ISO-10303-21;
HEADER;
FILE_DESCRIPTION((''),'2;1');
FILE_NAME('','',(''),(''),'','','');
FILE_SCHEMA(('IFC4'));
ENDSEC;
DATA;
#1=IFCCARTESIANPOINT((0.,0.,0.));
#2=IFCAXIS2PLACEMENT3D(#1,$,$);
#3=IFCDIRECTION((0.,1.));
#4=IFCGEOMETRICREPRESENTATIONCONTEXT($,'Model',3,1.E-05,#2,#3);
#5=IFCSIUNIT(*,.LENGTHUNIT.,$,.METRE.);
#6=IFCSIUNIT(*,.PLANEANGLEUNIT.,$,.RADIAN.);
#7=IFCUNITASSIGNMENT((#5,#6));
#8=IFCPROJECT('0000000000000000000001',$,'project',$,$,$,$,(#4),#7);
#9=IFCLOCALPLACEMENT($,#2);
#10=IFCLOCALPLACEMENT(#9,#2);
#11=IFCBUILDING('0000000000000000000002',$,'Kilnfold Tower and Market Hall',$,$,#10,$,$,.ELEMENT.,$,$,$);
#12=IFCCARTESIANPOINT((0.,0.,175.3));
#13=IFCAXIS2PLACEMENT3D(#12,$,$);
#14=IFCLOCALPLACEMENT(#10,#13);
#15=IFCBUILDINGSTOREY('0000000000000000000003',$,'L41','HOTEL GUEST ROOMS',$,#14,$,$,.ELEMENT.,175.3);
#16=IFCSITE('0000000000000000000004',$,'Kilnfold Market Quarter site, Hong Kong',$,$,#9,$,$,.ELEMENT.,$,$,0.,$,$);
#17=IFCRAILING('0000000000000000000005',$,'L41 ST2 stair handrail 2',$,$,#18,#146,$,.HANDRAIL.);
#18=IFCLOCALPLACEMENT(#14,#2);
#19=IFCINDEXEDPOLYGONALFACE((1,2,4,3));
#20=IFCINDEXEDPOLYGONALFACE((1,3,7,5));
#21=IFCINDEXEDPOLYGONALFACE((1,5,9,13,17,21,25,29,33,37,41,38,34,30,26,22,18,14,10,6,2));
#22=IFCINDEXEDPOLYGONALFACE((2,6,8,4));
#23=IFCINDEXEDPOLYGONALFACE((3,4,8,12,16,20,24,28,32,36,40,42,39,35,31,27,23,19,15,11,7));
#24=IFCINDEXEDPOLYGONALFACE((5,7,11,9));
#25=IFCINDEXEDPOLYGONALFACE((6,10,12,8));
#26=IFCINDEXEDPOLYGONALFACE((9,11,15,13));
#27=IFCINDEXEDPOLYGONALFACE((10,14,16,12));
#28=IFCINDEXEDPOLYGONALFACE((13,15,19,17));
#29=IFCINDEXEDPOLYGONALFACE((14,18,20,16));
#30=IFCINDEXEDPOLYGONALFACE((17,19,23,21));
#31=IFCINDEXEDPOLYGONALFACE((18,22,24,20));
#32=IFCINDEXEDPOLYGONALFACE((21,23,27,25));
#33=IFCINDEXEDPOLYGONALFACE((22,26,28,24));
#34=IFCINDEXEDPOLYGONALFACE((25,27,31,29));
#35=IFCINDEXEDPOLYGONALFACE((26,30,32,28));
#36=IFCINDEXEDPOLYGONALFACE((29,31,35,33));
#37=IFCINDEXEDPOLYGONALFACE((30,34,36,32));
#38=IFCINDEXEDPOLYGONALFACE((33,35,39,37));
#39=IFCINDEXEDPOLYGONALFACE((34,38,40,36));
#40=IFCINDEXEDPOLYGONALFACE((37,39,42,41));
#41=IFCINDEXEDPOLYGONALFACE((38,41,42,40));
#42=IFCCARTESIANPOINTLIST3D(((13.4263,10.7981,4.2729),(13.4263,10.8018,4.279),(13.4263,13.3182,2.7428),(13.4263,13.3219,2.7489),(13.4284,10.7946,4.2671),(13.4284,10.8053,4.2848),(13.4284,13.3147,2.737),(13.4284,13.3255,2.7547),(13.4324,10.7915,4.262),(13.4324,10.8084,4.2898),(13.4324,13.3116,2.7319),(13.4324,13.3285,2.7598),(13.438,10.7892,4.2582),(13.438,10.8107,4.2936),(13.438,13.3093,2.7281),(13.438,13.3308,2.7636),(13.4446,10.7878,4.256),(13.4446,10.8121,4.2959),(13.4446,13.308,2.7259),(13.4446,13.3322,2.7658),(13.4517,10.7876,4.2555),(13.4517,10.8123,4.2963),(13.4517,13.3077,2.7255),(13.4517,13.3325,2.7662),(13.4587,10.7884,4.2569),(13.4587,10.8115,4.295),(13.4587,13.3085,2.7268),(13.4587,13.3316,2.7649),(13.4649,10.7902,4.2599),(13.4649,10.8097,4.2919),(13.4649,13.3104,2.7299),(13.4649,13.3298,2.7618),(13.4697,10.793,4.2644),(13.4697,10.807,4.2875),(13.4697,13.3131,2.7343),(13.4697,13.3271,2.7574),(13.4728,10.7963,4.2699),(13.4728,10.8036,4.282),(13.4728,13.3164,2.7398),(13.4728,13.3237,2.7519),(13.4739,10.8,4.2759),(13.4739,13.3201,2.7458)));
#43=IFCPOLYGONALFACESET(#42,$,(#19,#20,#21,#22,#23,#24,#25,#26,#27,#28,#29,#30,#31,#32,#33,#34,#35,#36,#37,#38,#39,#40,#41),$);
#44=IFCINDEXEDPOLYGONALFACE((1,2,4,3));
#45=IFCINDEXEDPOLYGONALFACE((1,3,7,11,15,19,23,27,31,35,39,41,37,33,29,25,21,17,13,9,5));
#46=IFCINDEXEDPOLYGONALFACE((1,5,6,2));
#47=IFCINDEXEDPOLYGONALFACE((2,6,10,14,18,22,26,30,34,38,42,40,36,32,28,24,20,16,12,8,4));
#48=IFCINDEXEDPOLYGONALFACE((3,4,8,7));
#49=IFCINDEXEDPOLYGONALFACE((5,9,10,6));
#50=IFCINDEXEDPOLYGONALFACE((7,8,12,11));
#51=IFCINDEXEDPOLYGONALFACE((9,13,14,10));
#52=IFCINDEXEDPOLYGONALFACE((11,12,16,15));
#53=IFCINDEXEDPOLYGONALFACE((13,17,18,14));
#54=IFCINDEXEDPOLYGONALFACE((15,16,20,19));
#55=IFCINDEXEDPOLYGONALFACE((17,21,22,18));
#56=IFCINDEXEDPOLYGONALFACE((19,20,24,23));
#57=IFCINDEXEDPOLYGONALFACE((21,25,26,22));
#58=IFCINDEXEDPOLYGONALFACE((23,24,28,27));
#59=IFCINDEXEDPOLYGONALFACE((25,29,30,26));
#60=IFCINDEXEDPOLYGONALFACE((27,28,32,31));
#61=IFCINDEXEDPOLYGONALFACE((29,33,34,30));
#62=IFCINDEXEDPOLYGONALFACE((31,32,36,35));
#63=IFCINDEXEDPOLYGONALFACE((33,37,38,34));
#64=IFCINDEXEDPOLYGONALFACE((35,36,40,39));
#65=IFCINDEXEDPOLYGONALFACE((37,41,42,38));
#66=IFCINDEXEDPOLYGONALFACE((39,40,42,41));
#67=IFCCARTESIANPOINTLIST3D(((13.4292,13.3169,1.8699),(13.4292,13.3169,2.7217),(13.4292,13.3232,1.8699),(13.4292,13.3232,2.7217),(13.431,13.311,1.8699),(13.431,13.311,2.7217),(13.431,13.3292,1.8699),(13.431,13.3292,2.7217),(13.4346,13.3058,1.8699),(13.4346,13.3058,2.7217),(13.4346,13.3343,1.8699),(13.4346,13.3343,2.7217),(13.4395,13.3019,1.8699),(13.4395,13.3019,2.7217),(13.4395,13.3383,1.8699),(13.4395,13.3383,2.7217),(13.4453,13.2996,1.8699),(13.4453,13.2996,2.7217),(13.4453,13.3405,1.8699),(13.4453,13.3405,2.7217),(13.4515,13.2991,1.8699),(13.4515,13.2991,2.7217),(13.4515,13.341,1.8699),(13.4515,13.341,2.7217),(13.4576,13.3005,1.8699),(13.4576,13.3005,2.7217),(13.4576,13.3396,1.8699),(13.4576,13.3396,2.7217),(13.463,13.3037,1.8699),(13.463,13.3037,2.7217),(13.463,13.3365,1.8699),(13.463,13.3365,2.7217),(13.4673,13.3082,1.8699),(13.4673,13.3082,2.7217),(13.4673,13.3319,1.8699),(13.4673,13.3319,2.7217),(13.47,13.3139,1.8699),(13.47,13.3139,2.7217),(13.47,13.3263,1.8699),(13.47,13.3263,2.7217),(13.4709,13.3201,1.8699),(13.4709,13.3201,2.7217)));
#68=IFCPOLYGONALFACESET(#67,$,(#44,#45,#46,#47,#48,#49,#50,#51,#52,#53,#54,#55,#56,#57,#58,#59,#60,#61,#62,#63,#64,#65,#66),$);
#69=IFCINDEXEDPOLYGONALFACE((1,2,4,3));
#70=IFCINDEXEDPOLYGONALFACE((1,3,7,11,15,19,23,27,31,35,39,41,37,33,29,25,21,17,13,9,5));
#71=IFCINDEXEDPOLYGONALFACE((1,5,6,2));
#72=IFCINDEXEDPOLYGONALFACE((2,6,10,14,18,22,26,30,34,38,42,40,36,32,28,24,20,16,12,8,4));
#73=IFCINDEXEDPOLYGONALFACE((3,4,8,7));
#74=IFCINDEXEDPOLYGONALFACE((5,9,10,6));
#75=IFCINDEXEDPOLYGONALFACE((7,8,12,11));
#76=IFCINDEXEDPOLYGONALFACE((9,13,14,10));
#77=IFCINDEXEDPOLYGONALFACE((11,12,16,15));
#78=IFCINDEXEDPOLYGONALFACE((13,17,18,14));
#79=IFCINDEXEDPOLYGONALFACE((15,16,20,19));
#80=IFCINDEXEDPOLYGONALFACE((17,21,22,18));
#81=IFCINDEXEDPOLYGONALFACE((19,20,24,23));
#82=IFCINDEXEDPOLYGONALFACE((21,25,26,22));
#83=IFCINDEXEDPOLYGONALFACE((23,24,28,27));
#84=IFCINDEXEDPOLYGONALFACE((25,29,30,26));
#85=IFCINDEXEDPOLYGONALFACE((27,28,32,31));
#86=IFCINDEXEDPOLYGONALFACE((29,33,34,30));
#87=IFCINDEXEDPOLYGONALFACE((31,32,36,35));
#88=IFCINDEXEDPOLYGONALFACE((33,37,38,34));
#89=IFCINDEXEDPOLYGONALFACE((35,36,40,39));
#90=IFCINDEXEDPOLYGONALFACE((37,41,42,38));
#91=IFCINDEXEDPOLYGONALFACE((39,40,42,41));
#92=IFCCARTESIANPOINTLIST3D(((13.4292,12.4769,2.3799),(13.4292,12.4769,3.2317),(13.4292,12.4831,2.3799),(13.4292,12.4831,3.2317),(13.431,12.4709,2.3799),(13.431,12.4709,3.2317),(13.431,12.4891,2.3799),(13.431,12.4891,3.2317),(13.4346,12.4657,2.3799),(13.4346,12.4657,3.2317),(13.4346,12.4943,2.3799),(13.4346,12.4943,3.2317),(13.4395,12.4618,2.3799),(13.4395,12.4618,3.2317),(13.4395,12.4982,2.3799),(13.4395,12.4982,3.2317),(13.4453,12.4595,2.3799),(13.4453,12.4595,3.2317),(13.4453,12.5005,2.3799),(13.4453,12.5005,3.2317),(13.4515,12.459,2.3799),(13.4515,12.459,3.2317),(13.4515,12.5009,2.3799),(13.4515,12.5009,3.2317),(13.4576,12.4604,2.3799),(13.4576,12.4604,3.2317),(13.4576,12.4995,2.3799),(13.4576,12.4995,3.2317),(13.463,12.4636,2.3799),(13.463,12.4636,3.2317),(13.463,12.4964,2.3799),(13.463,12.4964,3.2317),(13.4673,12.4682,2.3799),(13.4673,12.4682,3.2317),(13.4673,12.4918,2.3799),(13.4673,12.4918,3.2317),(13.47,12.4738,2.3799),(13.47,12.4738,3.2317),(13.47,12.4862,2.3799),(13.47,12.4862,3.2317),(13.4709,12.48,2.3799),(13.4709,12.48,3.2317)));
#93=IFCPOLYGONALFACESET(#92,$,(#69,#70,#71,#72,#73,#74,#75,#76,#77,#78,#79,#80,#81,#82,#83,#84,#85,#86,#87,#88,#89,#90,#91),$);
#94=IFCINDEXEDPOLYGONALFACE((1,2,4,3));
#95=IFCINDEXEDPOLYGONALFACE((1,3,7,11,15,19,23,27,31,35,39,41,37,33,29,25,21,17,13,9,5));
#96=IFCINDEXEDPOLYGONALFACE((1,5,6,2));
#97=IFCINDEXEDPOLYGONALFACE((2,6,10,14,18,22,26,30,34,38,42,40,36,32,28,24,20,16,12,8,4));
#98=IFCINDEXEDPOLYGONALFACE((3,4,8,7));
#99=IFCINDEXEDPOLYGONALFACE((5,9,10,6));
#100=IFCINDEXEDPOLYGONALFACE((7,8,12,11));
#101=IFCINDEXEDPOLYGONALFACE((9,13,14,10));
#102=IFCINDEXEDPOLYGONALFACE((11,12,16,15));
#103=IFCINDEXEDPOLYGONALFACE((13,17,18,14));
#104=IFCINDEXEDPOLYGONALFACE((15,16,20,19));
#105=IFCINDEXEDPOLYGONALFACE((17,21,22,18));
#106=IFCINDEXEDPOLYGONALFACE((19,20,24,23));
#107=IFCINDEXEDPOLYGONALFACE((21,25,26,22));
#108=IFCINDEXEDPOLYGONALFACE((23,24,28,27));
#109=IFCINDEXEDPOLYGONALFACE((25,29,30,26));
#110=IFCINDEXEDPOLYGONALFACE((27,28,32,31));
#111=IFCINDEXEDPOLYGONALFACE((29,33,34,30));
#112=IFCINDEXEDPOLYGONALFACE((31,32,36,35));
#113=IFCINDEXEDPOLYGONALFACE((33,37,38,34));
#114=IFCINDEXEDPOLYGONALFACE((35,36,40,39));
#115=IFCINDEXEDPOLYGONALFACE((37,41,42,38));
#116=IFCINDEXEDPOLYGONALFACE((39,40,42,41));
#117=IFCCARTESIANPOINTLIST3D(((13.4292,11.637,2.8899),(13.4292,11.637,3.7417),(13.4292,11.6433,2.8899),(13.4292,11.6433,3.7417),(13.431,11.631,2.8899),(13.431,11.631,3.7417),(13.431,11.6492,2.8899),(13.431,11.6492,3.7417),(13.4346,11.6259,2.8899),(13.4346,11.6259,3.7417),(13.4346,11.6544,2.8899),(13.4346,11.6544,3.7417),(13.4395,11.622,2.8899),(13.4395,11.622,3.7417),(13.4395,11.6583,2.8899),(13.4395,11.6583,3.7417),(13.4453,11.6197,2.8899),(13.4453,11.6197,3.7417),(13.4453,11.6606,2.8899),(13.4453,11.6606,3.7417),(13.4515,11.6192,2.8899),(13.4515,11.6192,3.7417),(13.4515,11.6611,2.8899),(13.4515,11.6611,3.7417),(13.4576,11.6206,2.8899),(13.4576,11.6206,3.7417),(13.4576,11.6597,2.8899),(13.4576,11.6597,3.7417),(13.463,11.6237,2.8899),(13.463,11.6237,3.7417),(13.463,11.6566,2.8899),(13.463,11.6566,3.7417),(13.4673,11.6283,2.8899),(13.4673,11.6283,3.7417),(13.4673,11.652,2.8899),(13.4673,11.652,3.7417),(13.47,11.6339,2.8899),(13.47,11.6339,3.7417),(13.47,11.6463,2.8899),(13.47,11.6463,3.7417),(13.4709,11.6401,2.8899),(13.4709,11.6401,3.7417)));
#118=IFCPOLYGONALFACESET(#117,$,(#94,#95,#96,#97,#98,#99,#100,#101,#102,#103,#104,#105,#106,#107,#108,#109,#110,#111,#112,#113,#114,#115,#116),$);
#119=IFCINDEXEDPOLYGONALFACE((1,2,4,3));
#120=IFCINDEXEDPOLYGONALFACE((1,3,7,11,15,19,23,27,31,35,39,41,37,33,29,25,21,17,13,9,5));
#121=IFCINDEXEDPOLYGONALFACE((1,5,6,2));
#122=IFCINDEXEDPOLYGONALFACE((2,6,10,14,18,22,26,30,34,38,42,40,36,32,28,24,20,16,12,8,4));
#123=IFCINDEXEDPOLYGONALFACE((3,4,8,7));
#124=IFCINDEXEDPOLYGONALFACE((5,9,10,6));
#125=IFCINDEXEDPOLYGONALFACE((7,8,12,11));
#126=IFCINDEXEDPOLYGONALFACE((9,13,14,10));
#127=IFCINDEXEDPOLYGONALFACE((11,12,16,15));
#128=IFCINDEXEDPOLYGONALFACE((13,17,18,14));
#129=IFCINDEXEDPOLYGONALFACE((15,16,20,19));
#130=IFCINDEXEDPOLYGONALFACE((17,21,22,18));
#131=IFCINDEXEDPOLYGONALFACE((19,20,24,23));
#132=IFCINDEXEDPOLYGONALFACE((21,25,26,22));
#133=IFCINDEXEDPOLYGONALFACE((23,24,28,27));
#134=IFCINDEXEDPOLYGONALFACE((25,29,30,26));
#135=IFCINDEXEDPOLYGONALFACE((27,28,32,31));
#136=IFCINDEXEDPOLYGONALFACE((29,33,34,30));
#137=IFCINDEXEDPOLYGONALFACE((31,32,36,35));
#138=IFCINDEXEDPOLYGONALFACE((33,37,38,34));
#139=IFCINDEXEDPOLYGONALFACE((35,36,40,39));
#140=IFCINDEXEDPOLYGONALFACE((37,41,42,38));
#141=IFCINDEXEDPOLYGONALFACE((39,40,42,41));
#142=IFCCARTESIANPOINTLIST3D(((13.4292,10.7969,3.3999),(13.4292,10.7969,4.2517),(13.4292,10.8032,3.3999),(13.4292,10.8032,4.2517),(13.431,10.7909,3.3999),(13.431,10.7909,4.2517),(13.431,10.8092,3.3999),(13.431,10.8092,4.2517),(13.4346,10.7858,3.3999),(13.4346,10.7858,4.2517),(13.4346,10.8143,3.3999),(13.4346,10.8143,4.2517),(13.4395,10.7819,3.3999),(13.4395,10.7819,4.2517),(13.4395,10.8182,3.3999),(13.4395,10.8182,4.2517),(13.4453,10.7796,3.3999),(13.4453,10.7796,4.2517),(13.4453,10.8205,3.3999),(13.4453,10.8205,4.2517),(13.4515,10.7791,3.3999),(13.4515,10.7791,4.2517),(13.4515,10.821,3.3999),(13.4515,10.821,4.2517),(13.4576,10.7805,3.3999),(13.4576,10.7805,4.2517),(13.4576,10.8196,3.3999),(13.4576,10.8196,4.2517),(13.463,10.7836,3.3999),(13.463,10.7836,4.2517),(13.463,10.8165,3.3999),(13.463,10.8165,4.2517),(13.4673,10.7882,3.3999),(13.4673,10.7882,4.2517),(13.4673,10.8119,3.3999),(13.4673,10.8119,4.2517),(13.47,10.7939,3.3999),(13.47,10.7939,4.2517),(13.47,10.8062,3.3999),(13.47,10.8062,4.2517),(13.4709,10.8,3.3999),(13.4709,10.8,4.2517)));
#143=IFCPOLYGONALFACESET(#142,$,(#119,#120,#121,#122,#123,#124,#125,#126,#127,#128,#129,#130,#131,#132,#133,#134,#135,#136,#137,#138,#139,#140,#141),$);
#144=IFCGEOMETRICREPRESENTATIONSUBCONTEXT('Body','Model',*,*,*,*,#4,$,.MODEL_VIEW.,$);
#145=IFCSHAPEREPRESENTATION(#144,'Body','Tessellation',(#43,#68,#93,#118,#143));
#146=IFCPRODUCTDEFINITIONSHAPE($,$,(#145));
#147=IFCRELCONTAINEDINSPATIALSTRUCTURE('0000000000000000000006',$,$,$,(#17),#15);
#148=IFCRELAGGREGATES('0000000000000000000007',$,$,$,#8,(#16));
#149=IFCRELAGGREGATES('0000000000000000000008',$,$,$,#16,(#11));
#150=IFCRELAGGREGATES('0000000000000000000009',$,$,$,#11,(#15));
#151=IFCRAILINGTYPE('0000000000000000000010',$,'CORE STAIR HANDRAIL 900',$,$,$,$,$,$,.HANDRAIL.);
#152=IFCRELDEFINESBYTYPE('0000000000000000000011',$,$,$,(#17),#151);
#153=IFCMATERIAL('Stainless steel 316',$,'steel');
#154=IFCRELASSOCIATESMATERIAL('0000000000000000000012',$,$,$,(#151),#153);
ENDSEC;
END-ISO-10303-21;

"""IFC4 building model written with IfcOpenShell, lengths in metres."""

from ifc_helpers import new_model, si_unit, direction, frame, origin, origin_2d, place, context, subcontext, project, spatial, circle, extrude, material, type_object, element, save


model = new_model("IFC4")

# Units and contexts
model_context = context("Model", 3, precision=1e-05, world=origin(), true_north=direction((0.0, 1.0)))
body_context = subcontext(model_context, "Body", "Model", "MODEL_VIEW")
ifc_project = project(units=[si_unit("LENGTHUNIT", "METRE"), si_unit("PLANEANGLEUNIT", "RADIAN")], contexts=[model_context])

# Site, building, storey
site_placement = place(None, origin())
site = spatial("IfcSite", under=ifc_project, at=site_placement, Name="Kilnfold Market Quarter site, Hong Kong", CompositionType="ELEMENT", RefElevation=0.0)
building_placement = place(site_placement, origin())
building = spatial("IfcBuilding", under=site, at=building_placement, Name="Kilnfold Tower and Market Hall", CompositionType="ELEMENT")
storey_placement = place(building_placement, frame((0.0, 0.0, 175.3)))
storey = spatial("IfcBuildingStorey", under=building, at=storey_placement, Name="L41", Description="HOTEL GUEST ROOMS", CompositionType="ELEMENT", Elevation=175.3)

# Railing
ifc_material_1 = material(Name="Stainless steel 316", Category="steel")
railing_type_1 = type_object("IfcRailingType", Name="CORE STAIR HANDRAIL 900", PredefinedType="HANDRAIL", material=ifc_material_1)
railing_1_placement = place(storey_placement, frame((13.45, 13.3201, 1.8699)))
element("IfcRailing", 1, at=railing_1_placement, inside=storey, type_object=railing_type_1, Name="L41 ST2 stair handrail 2", PredefinedType="HANDRAIL", context=body_context, shape_type="SweptSolid", body=[
    extrude(circle(Radius=0.0239, at=origin_2d()), frame((0.0, 0.0, 0.876), z_axis=(0.0, -0.854785, 0.518982), x_axis=(1.0, 0.0, 0.0)), (0.0, 0.0, 1.0), 2.9482),
    extrude(circle(Radius=0.021, at=origin_2d()), origin(), (0.0, 0.0, 1.0), 0.8518),
    extrude(circle(Radius=0.021, at=origin_2d()), frame((0.0, -0.8401, 0.51)), (0.0, 0.0, 1.0), 0.8518),
    extrude(circle(Radius=0.021, at=origin_2d()), frame((0.0, -1.6799, 1.02)), (0.0, 0.0, 1.0), 0.8518),
    extrude(circle(Radius=0.021, at=origin_2d()), frame((0.0, -2.52, 1.53)), (0.0, 0.0, 1.0), 0.8518),
])

save(model, "model.ifc")
